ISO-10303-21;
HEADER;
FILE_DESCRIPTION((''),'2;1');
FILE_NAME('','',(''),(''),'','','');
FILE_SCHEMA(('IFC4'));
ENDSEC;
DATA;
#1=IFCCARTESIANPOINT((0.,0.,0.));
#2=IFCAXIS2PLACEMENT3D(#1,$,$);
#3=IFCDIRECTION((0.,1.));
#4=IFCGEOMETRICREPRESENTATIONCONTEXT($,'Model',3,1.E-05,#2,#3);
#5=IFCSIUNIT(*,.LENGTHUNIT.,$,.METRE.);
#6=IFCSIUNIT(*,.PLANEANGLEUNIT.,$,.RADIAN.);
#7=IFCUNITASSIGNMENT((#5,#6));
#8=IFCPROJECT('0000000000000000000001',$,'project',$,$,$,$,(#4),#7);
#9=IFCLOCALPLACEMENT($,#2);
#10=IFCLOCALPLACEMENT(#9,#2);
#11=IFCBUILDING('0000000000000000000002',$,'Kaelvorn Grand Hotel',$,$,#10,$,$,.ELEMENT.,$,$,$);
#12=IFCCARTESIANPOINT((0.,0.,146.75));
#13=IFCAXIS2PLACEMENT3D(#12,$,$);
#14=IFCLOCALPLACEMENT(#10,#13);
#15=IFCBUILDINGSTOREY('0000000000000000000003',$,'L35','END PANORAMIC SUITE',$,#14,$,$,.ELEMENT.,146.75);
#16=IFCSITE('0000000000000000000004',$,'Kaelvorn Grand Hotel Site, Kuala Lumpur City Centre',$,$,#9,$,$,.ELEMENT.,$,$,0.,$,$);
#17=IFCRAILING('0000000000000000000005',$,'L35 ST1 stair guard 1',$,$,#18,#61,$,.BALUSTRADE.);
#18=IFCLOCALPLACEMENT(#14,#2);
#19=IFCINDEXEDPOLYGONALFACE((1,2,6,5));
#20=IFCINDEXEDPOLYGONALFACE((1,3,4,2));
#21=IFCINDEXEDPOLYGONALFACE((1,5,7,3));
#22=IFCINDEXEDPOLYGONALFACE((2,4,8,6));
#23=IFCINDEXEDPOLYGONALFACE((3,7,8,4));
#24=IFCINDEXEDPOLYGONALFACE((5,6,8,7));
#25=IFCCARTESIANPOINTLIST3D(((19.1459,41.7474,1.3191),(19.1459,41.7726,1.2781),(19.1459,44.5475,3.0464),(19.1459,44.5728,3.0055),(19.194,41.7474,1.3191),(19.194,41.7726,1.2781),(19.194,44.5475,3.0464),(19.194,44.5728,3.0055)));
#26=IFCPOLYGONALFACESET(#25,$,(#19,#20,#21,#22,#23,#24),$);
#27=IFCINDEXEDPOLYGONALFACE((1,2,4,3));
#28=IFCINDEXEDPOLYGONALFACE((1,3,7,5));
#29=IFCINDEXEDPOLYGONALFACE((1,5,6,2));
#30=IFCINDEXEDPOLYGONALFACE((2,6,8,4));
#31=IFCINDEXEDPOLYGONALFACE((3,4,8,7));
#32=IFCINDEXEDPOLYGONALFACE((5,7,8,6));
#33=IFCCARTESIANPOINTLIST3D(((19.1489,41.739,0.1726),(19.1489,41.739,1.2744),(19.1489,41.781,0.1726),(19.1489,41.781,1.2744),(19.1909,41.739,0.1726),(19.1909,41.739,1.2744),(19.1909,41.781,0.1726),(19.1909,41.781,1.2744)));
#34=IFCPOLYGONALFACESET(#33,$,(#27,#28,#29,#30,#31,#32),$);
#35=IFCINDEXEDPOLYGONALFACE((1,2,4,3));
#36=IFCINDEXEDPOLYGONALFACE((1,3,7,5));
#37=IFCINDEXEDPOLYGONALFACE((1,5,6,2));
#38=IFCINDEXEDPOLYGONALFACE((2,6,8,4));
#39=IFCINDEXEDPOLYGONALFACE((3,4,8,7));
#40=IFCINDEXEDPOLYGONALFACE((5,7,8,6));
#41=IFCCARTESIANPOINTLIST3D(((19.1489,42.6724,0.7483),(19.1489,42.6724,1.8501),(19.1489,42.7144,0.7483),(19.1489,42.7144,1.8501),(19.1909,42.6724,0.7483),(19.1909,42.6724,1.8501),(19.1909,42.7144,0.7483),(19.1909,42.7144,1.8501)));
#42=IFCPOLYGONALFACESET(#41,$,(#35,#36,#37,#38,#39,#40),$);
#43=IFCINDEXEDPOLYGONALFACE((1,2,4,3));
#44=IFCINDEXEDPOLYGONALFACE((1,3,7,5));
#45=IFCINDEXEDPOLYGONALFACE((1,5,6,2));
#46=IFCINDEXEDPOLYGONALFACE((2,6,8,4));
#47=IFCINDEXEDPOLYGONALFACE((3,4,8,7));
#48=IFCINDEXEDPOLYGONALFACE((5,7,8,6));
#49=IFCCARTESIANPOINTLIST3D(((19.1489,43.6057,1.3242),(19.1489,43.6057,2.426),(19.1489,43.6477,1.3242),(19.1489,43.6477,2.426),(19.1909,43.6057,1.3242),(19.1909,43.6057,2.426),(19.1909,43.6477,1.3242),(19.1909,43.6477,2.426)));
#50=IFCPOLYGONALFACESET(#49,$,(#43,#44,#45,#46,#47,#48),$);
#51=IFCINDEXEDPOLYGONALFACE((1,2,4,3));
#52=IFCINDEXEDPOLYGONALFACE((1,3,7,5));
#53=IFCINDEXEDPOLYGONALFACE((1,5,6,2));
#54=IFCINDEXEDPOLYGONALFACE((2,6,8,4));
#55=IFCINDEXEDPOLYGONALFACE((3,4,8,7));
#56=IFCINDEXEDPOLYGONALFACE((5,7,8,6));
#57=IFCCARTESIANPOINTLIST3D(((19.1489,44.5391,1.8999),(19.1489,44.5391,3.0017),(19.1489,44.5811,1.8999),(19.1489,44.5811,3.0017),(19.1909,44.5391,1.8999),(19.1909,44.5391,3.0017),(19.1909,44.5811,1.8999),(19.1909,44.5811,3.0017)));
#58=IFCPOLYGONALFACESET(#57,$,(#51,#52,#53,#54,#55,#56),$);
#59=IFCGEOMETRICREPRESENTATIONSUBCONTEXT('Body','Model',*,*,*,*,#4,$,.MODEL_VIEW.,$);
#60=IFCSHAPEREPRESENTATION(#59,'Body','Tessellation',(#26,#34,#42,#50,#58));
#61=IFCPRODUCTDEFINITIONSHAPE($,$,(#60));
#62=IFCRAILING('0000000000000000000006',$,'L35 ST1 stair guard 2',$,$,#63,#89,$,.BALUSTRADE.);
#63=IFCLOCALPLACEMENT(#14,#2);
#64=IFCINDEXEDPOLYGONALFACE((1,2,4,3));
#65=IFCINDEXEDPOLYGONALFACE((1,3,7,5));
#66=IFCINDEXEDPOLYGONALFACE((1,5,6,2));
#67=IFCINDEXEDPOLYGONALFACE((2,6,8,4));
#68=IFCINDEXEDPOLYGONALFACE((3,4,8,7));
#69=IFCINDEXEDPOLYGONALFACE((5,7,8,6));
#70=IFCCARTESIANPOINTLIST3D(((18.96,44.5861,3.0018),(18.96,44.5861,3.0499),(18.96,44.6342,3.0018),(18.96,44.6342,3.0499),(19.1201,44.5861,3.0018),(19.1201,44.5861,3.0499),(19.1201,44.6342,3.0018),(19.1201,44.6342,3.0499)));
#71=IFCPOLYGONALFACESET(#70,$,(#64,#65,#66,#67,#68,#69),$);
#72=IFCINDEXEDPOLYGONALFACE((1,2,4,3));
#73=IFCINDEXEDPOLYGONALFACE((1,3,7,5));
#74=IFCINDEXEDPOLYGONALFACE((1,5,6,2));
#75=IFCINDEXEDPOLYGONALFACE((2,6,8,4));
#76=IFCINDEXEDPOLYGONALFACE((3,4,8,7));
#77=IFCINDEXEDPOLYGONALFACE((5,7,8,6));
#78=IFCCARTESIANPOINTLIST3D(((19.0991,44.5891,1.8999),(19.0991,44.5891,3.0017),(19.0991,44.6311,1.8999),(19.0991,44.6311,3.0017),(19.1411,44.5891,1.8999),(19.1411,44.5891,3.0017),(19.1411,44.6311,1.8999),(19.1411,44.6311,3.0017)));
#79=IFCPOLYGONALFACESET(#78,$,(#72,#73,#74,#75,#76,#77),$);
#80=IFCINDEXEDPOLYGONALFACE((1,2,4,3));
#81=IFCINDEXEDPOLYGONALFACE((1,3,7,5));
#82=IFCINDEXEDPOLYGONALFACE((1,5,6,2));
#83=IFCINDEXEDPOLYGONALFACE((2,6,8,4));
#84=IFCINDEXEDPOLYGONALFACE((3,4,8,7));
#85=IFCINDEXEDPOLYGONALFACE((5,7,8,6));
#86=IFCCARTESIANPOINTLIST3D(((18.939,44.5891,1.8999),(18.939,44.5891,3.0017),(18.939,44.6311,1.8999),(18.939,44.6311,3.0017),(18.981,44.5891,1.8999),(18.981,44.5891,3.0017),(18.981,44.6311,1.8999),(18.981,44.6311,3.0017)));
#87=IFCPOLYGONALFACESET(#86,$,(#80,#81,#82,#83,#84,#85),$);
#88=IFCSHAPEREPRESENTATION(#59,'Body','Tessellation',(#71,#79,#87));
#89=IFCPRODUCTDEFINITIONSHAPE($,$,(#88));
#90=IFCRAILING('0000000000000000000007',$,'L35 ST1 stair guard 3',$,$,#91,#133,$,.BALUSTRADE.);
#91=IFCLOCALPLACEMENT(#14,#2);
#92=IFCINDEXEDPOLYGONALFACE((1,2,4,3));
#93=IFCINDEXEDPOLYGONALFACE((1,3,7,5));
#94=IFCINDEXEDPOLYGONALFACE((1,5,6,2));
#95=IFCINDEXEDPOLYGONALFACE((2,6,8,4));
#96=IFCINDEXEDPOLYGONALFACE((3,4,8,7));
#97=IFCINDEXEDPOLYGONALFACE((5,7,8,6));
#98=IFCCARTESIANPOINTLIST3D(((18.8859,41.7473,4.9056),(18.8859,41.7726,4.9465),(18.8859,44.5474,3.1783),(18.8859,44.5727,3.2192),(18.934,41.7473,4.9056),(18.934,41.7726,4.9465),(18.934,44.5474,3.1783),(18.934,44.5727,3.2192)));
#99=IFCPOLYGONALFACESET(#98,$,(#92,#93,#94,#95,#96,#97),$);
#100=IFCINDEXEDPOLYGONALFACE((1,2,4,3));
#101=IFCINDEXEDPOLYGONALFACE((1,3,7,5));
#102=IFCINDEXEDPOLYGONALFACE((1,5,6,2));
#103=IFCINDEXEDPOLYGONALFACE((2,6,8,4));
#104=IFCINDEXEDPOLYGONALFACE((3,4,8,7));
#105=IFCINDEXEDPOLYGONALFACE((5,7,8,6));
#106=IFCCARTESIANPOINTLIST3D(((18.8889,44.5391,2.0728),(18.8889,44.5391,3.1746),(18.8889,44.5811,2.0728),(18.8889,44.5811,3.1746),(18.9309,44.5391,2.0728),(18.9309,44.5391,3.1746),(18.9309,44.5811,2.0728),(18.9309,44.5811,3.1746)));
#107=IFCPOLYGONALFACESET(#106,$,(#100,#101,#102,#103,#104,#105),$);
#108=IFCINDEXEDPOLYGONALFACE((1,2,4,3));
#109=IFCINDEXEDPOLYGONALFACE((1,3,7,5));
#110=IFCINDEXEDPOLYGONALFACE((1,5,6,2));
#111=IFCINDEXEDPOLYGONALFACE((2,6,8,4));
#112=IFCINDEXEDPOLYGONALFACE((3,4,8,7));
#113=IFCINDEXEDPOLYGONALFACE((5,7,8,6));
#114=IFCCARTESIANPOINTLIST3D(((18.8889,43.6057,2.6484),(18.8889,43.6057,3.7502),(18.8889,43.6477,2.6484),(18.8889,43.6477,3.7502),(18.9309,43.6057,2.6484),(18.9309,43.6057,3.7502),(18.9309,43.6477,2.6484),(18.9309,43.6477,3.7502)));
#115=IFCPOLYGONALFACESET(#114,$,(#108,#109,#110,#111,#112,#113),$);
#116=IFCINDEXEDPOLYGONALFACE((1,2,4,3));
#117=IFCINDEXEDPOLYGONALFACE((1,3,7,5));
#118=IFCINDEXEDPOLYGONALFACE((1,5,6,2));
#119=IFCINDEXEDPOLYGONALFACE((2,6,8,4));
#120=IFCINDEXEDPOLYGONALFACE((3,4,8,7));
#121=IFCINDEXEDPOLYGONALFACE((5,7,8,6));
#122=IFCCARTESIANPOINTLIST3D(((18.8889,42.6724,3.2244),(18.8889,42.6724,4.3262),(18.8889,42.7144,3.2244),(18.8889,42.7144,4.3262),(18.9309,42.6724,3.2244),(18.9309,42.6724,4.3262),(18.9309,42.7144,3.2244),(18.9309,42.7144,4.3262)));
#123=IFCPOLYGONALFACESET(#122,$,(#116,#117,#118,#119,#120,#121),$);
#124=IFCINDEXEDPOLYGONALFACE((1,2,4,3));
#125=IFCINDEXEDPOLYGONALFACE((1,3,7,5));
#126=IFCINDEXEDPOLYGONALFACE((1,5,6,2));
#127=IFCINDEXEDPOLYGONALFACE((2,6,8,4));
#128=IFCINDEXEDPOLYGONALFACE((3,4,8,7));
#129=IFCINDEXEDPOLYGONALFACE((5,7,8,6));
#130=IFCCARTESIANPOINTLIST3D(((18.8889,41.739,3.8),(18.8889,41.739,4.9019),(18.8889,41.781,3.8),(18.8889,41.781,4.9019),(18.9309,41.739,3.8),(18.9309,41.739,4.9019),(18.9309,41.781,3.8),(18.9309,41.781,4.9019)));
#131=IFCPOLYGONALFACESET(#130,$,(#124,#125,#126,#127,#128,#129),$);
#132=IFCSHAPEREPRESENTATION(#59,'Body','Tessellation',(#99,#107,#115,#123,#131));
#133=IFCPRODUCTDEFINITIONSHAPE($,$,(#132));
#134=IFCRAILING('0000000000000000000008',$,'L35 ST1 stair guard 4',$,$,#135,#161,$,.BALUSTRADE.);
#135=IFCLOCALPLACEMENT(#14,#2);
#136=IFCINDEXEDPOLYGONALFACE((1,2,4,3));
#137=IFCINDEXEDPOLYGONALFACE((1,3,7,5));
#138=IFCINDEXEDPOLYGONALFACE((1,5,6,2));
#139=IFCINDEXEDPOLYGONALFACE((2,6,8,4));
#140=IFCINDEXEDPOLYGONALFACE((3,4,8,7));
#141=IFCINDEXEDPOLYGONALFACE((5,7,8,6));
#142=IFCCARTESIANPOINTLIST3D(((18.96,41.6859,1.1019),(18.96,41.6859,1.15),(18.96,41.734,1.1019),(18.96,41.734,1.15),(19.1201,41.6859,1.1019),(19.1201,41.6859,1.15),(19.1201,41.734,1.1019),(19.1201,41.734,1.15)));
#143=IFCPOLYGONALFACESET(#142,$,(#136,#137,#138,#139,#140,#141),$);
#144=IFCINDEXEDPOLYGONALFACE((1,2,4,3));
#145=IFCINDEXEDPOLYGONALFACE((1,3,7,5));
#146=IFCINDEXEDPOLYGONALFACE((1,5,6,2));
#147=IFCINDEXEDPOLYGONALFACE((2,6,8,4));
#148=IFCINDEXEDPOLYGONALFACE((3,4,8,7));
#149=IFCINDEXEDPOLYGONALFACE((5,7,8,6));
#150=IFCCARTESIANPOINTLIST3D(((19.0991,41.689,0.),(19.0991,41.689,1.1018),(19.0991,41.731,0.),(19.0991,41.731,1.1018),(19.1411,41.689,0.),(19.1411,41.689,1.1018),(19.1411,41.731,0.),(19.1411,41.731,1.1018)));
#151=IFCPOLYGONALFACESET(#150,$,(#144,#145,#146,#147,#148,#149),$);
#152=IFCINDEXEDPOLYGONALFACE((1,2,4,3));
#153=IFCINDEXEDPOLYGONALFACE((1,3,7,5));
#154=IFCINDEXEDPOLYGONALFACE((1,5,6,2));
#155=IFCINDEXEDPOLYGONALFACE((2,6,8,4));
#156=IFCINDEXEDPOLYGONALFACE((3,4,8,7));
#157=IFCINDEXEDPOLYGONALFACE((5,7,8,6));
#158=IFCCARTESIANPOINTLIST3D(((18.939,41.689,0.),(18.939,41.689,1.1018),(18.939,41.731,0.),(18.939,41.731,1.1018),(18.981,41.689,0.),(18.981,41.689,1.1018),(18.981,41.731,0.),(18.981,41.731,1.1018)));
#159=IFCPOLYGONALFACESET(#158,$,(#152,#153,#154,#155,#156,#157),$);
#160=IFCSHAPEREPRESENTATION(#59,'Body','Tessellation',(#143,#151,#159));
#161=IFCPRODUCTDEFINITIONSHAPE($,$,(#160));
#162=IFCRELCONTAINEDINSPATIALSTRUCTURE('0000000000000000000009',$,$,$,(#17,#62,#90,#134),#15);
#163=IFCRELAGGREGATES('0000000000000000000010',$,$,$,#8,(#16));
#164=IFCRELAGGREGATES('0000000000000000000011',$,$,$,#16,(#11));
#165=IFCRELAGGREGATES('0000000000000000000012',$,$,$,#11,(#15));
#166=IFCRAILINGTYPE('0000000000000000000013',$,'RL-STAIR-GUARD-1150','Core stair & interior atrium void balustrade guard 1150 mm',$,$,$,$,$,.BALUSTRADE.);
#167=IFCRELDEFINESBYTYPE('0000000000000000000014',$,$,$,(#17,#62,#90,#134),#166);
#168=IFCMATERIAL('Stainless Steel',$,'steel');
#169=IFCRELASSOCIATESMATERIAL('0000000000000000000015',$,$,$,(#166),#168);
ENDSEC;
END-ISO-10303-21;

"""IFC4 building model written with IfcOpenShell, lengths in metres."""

from ifc_helpers import new_model, si_unit, direction, frame, origin, origin_2d, place, context, subcontext, project, spatial, rectangle, extrude, material, type_object, element, save


model = new_model("IFC4")

# Units and contexts
model_context = context("Model", 3, precision=1e-05, world=origin(), true_north=direction((0.0, 1.0)))
body_context = subcontext(model_context, "Body", "Model", "MODEL_VIEW")
ifc_project = project(units=[si_unit("LENGTHUNIT", "METRE"), si_unit("PLANEANGLEUNIT", "RADIAN")], contexts=[model_context])

# Site, building, storey
site_placement = place(None, origin())
site = spatial("IfcSite", under=ifc_project, at=site_placement, Name="Kaelvorn Grand Hotel Site, Kuala Lumpur City Centre", CompositionType="ELEMENT", RefElevation=0.0)
building_placement = place(site_placement, origin())
building = spatial("IfcBuilding", under=site, at=building_placement, Name="Kaelvorn Grand Hotel", CompositionType="ELEMENT")
storey_placement = place(building_placement, frame((0.0, 0.0, 146.75)))
storey = spatial("IfcBuildingStorey", under=building, at=storey_placement, Name="L35", Description="END PANORAMIC SUITE", CompositionType="ELEMENT", Elevation=146.75)

# Railings
ifc_material_1 = material(Name="Stainless Steel", Category="steel")
railing_type_1 = type_object("IfcRailingType", Name="RL-STAIR-GUARD-1150", Description="Core stair & interior atrium void balustrade guard 1150 mm", PredefinedType="BALUSTRADE", material=ifc_material_1)
railing_1_placement = place(storey_placement, frame((19.1699, 41.76, 0.1726)))
element("IfcRailing", 1, at=railing_1_placement, inside=storey, type_object=railing_type_1, Name="L35 ST1 stair guard 1", PredefinedType="BALUSTRADE", context=body_context, shape_type="SweptSolid", body=[
    extrude(rectangle(XDim=0.0481, YDim=0.0481, at=origin_2d()), frame((0.0, 0.0, 1.126), z_axis=(0.0, 0.85109, 0.52502), x_axis=(-1.0, 0.0, 0.0)), (0.0, 0.0, 1.0), 3.29),
    extrude(rectangle(XDim=0.042, YDim=0.042, at=origin_2d()), origin(), (0.0, 0.0, 1.0), 1.1018),
    extrude(rectangle(XDim=0.042, YDim=0.042, at=origin_2d()), frame((0.0, 0.9333, 0.5757)), (0.0, 0.0, 1.0), 1.1018),
    extrude(rectangle(XDim=0.042, YDim=0.042, at=origin_2d()), frame((0.0, 1.8667, 1.1516)), (0.0, 0.0, 1.0), 1.1018),
    extrude(rectangle(XDim=0.042, YDim=0.042, at=origin_2d()), frame((0.0, 2.8, 1.7273)), (0.0, 0.0, 1.0), 1.1018),
])
railing_2_placement = place(storey_placement, frame((19.1201, 44.6101, 1.8999)))
element("IfcRailing", 2, at=railing_2_placement, inside=storey, type_object=railing_type_1, Name="L35 ST1 stair guard 2", PredefinedType="BALUSTRADE", context=body_context, shape_type="SweptSolid", body=[
    extrude(rectangle(XDim=0.0481, YDim=0.0481, at=origin_2d()), frame((0.0, 0.0, 1.126), z_axis=(-1.0, 0.0, 0.0), x_axis=(0.0, -1.0, 0.0)), (0.0, 0.0, 1.0), 0.1602),
    extrude(rectangle(XDim=0.042, YDim=0.042, at=origin_2d()), origin(), (0.0, 0.0, 1.0), 1.1018),
    extrude(rectangle(XDim=0.042, YDim=0.042, at=origin_2d()), frame((-0.1602, 0.0, 0.0)), (0.0, 0.0, 1.0), 1.1018),
])
railing_3_placement = place(storey_placement, frame((18.9099, 44.5601, 2.0728)))
element("IfcRailing", 3, at=railing_3_placement, inside=storey, type_object=railing_type_1, Name="L35 ST1 stair guard 3", PredefinedType="BALUSTRADE", context=body_context, shape_type="SweptSolid", body=[
    extrude(rectangle(XDim=0.0481, YDim=0.0481, at=origin_2d()), frame((0.0, 0.0, 1.126), z_axis=(0.0, -0.85109, 0.52502), x_axis=(1.0, 0.0, 0.0)), (0.0, 0.0, 1.0), 3.29),
    extrude(rectangle(XDim=0.042, YDim=0.042, at=origin_2d()), origin(), (0.0, 0.0, 1.0), 1.1018),
    extrude(rectangle(XDim=0.042, YDim=0.042, at=origin_2d()), frame((0.0, -0.9333, 0.5757)), (0.0, 0.0, 1.0), 1.1018),
    extrude(rectangle(XDim=0.042, YDim=0.042, at=origin_2d()), frame((0.0, -1.8667, 1.1516)), (0.0, 0.0, 1.0), 1.1018),
    extrude(rectangle(XDim=0.042, YDim=0.042, at=origin_2d()), frame((0.0, -2.8, 1.7273)), (0.0, 0.0, 1.0), 1.1018),
])
railing_4_placement = place(storey_placement, frame((19.1201, 41.71, 0.0)))
element("IfcRailing", 4, at=railing_4_placement, inside=storey, type_object=railing_type_1, Name="L35 ST1 stair guard 4", PredefinedType="BALUSTRADE", context=body_context, shape_type="SweptSolid", body=[
    extrude(rectangle(XDim=0.0481, YDim=0.0481, at=origin_2d()), frame((0.0, 0.0, 1.126), z_axis=(-1.0, 0.0, 0.0), x_axis=(0.0, -1.0, 0.0)), (0.0, 0.0, 1.0), 0.1602),
    extrude(rectangle(XDim=0.042, YDim=0.042, at=origin_2d()), origin(), (0.0, 0.0, 1.0), 1.1018),
    extrude(rectangle(XDim=0.042, YDim=0.042, at=origin_2d()), frame((-0.1602, 0.0, 0.0)), (0.0, 0.0, 1.0), 1.1018),
])

save(model, "model.ifc")
